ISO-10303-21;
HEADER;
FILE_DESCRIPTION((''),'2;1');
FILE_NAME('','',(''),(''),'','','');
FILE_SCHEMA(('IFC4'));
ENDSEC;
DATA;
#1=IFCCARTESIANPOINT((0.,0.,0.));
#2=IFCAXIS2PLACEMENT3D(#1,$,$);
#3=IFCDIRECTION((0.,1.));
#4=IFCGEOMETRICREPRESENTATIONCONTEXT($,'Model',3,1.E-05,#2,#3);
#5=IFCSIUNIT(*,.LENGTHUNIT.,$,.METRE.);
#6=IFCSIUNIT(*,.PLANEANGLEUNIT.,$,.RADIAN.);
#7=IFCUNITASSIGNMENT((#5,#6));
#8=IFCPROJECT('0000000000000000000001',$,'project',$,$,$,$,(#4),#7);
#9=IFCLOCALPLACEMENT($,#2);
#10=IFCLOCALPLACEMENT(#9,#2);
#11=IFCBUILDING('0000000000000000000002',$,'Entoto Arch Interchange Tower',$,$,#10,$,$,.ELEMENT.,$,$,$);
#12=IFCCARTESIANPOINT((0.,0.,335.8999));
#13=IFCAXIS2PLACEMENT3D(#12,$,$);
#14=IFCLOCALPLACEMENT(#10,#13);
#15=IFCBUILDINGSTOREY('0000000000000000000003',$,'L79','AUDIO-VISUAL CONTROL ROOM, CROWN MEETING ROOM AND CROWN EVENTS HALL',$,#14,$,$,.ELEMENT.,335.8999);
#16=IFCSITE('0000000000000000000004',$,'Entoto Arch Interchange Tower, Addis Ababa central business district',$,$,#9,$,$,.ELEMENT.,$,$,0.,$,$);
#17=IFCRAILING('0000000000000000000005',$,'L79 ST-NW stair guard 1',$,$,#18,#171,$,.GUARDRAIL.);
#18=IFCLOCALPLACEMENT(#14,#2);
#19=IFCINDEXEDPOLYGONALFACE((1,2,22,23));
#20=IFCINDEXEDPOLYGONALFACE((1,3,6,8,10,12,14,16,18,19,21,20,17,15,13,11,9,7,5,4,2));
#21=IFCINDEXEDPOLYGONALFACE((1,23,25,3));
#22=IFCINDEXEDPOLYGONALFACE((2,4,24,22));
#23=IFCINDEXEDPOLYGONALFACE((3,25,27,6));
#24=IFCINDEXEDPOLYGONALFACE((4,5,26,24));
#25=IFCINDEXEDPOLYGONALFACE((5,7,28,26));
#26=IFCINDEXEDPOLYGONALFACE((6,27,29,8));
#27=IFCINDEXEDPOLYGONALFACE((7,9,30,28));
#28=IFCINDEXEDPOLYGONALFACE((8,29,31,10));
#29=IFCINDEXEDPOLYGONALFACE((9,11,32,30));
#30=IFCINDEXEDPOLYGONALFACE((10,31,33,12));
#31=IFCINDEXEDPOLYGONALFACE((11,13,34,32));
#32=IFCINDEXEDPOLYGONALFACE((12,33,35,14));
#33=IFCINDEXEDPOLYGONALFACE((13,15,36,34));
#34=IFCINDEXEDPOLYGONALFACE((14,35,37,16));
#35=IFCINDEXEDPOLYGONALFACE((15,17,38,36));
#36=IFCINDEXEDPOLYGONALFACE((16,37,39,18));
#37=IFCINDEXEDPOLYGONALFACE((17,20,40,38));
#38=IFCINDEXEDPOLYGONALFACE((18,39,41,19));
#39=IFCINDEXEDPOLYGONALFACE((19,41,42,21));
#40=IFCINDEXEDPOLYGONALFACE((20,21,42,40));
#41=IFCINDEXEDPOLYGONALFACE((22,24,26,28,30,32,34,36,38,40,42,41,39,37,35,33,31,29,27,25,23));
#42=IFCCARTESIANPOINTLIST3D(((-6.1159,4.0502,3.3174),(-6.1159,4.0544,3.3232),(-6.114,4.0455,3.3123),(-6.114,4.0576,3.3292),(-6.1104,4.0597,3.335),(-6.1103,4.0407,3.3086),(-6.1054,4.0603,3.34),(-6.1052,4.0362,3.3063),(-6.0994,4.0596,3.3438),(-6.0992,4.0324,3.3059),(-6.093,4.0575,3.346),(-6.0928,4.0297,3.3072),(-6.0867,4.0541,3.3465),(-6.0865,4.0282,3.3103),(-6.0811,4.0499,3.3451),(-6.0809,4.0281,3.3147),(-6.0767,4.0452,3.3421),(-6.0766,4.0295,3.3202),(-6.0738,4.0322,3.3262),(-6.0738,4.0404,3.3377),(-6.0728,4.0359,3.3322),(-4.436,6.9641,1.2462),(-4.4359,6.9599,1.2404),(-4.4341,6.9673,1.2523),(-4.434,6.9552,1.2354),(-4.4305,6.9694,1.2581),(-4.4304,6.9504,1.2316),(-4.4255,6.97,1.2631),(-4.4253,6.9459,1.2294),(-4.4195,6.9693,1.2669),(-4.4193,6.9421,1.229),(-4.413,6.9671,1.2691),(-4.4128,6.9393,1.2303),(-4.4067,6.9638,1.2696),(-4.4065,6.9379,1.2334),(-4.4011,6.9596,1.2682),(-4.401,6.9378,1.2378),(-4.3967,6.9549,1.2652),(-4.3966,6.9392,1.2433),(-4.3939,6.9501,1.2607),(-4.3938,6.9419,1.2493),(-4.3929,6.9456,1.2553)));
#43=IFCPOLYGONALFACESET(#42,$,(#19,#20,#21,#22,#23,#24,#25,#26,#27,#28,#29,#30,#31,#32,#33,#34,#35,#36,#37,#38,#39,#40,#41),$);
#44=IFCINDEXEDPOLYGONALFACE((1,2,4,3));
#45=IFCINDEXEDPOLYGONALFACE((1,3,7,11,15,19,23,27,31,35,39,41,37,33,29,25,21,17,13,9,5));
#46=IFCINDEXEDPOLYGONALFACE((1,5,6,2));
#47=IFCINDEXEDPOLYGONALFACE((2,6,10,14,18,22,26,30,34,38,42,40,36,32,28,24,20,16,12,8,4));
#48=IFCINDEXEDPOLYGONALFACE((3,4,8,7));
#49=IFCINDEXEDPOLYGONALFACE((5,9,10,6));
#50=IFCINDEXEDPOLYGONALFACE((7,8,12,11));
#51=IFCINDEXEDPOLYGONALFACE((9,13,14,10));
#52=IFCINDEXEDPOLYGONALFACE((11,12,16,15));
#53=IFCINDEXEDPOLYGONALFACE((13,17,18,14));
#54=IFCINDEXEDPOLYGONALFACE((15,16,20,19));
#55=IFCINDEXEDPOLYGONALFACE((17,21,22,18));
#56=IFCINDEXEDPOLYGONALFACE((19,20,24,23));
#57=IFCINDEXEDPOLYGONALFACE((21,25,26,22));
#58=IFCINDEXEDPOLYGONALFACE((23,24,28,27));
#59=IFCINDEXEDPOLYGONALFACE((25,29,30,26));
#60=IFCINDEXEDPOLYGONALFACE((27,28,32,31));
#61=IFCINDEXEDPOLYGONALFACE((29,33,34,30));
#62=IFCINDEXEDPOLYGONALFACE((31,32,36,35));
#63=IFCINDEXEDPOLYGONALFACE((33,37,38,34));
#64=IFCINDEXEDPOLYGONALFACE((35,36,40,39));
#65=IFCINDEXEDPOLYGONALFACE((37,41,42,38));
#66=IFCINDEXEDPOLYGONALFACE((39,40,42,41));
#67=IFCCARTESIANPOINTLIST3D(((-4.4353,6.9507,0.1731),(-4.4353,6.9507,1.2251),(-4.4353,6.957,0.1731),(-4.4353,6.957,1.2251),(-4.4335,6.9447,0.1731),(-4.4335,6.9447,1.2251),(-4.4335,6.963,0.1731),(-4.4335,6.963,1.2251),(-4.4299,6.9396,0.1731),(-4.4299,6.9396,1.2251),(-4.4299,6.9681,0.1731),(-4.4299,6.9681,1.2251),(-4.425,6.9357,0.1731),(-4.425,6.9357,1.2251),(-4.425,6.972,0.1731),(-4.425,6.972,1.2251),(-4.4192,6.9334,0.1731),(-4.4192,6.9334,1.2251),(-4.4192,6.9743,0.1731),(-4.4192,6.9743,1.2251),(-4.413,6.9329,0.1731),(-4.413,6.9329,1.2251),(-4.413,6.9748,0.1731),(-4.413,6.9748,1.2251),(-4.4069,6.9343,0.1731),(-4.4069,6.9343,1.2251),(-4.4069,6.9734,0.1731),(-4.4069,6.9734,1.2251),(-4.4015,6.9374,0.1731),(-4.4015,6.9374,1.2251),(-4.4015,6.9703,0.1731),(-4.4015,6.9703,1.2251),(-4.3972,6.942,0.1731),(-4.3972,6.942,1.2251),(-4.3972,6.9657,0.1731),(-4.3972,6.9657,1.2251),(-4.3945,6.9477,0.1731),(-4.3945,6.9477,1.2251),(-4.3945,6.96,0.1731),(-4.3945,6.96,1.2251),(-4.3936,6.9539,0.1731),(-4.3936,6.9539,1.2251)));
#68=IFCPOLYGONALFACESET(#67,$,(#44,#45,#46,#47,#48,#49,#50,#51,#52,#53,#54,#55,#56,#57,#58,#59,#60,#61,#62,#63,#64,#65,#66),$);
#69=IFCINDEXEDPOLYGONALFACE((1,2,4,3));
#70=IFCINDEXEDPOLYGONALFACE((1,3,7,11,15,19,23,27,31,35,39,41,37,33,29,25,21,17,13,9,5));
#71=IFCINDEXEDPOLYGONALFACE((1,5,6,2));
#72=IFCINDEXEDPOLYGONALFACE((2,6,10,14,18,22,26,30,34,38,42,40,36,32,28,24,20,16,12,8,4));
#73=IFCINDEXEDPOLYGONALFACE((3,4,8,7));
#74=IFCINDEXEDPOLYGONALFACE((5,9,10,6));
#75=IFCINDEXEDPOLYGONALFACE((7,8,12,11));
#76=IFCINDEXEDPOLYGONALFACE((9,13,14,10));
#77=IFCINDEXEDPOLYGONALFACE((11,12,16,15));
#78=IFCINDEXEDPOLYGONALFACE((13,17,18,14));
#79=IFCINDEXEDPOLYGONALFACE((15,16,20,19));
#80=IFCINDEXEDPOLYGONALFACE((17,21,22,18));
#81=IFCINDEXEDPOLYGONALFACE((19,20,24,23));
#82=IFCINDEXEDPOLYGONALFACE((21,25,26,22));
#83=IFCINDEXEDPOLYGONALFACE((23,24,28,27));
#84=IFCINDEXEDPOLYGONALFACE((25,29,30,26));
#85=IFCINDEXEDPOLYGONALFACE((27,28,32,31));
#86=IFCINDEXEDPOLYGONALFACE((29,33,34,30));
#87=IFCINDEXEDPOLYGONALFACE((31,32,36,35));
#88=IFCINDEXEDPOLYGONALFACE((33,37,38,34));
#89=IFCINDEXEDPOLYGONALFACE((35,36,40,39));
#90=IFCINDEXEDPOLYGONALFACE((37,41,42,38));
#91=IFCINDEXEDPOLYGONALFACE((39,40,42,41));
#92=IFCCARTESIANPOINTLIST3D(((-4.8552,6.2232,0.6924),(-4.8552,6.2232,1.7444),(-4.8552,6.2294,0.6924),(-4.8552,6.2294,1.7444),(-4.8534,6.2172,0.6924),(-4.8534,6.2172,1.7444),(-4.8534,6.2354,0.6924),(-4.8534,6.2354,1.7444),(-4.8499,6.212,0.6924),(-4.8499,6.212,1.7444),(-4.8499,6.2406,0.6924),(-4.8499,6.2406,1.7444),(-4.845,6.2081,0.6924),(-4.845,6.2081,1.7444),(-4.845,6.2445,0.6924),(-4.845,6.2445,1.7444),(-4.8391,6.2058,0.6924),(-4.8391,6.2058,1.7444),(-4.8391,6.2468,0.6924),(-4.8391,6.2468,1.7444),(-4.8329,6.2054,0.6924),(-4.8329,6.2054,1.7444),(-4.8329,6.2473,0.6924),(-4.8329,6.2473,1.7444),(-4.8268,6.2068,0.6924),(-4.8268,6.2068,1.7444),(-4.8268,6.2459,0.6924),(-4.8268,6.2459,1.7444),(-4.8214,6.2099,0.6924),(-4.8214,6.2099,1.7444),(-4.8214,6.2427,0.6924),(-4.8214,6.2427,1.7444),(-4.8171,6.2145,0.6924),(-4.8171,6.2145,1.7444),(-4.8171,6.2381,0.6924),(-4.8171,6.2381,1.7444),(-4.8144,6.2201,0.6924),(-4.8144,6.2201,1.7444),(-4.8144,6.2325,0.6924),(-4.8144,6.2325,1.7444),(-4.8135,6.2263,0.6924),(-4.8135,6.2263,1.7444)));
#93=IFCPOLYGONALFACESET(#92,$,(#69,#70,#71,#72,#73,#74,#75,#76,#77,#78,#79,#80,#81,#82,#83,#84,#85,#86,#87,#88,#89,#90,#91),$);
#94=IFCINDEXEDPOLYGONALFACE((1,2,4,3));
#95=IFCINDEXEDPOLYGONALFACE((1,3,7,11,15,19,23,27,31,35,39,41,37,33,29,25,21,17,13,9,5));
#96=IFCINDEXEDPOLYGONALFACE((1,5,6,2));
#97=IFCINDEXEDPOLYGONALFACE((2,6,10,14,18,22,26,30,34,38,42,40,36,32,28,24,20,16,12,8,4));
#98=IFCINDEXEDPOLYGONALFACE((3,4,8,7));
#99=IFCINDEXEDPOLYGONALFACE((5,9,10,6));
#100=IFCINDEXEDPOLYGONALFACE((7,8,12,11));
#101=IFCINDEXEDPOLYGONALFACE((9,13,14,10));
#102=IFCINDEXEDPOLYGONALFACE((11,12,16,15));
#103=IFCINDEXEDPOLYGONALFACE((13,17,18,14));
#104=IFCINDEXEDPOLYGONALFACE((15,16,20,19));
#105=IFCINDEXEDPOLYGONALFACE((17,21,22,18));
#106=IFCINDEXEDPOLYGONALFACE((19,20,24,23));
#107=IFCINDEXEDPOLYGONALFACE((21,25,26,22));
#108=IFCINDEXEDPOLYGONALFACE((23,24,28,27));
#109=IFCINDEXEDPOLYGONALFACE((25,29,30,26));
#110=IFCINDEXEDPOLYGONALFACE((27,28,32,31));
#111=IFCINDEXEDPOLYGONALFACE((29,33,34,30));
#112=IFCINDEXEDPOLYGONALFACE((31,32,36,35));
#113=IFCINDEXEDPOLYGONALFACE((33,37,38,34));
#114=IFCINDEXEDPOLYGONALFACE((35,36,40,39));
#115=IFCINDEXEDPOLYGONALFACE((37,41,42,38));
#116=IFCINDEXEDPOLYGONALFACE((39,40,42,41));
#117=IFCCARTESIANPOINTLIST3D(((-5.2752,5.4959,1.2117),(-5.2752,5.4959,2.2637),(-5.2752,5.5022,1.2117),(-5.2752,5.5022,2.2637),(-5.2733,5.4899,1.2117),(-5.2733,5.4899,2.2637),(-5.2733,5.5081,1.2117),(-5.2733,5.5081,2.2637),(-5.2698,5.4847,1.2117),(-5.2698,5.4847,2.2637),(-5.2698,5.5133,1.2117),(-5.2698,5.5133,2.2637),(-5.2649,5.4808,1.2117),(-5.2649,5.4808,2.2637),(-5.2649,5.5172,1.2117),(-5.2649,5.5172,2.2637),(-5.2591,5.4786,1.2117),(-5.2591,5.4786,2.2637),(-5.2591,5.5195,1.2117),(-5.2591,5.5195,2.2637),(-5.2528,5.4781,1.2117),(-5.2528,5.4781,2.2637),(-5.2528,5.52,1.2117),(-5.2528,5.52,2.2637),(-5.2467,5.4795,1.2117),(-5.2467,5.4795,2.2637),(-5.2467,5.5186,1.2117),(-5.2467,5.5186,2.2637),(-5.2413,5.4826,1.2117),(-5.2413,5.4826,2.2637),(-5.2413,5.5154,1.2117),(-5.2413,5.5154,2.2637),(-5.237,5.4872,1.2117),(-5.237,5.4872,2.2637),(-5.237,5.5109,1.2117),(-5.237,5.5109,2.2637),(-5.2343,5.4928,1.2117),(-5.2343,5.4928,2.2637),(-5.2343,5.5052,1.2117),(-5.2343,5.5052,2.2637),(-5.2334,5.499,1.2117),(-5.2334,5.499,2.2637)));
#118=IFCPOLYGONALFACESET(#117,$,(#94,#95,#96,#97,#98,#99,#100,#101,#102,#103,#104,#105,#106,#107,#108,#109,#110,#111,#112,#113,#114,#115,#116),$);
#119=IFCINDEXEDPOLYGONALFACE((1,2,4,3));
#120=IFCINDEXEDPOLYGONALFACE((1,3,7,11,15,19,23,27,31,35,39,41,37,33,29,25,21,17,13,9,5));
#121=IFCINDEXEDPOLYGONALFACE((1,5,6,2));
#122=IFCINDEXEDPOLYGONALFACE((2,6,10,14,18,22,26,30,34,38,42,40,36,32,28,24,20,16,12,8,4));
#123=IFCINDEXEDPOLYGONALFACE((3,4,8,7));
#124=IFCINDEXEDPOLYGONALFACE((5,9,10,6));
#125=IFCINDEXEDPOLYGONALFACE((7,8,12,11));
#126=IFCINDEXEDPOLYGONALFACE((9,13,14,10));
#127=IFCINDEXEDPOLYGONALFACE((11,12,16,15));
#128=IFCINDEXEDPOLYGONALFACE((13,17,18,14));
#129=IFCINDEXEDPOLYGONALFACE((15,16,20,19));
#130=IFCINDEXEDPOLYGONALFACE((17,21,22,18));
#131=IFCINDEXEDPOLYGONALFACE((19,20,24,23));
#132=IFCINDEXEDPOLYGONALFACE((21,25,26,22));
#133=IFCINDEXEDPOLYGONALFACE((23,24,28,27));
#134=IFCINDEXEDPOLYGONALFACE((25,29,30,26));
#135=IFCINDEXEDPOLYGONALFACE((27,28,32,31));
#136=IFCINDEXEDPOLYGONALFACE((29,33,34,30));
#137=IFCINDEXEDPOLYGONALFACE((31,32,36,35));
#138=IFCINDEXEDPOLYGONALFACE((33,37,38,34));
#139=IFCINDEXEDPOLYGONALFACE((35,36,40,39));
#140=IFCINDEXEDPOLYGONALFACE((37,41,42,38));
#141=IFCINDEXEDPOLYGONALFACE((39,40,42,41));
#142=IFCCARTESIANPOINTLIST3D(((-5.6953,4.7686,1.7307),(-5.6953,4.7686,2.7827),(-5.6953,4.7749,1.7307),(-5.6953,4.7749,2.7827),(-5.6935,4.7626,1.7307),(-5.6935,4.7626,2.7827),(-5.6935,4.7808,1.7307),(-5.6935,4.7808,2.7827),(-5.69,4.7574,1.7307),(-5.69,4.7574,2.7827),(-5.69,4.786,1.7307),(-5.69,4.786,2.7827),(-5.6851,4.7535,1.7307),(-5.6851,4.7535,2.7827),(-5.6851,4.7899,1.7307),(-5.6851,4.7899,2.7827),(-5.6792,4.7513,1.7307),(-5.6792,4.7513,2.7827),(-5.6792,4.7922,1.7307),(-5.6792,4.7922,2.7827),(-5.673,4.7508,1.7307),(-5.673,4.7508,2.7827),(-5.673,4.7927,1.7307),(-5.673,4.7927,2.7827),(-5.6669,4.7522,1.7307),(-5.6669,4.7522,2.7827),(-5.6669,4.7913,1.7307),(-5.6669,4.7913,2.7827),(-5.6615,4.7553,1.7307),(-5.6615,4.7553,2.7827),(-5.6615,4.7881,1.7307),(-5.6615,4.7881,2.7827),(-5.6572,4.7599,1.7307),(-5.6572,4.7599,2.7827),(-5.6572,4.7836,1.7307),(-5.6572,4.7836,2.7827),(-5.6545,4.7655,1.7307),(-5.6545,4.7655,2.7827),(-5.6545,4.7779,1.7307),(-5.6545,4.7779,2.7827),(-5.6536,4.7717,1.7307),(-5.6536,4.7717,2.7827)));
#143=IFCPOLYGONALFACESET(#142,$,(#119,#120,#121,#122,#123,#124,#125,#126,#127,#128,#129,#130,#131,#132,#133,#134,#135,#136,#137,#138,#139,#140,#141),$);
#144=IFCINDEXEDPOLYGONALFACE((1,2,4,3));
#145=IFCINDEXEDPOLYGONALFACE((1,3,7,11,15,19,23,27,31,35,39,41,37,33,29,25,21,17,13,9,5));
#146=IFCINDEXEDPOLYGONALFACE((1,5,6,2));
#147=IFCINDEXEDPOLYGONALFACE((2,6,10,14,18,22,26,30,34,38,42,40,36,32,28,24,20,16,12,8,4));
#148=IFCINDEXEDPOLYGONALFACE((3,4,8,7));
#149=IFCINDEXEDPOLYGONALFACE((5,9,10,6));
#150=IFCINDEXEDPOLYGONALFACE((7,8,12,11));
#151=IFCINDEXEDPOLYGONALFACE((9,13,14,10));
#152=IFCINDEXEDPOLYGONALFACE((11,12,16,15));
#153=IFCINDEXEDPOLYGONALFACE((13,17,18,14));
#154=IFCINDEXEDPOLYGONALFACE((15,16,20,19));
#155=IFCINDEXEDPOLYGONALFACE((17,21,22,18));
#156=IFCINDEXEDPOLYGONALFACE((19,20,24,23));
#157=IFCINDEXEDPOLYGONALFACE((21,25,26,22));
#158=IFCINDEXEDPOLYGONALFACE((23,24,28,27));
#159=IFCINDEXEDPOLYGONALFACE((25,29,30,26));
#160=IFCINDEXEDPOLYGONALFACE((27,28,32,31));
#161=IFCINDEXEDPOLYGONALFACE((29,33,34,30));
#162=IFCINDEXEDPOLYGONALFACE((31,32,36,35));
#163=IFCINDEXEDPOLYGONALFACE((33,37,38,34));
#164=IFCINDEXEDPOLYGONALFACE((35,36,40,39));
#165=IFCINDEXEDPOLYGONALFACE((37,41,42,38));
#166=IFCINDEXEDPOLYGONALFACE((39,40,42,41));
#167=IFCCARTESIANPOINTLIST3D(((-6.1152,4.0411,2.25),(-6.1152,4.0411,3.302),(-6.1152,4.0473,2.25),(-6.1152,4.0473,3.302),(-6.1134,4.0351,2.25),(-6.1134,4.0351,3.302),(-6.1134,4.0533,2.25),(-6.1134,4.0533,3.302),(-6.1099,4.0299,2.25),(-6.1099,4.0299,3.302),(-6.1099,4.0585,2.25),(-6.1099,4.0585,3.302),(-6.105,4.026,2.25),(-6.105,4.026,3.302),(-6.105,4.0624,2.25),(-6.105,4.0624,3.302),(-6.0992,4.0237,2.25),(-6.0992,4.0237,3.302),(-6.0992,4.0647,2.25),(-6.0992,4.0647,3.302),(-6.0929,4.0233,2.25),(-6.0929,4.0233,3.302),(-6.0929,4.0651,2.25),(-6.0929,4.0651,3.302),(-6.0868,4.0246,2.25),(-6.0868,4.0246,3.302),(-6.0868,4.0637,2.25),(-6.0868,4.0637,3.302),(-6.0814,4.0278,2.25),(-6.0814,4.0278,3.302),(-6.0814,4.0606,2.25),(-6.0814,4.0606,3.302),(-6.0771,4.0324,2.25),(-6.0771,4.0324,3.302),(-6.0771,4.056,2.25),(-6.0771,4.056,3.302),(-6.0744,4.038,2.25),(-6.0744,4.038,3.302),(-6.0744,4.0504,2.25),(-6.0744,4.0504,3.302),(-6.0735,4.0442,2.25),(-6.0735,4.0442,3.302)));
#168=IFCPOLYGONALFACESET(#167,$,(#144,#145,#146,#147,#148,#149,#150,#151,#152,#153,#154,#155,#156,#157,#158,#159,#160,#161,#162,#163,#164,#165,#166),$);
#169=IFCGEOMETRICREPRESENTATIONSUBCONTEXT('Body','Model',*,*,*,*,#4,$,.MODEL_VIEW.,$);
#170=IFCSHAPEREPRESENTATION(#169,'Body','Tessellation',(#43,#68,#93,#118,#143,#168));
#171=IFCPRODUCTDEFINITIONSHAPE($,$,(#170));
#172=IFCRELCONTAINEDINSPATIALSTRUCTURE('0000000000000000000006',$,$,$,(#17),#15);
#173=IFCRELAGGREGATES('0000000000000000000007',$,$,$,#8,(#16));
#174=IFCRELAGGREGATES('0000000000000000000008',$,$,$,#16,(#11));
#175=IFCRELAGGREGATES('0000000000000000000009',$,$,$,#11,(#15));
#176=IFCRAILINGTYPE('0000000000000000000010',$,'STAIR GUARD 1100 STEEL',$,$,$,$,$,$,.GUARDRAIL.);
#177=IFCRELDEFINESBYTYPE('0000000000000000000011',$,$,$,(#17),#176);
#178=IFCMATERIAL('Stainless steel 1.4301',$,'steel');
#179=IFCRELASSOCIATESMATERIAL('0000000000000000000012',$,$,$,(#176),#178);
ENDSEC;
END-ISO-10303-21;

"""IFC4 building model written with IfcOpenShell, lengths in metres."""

from ifc_helpers import new_model, si_unit, direction, frame, origin, origin_2d, place, context, subcontext, project, spatial, circle, extrude, material, type_object, element, save


model = new_model("IFC4")

# Units and contexts
model_context = context("Model", 3, precision=1e-05, world=origin(), true_north=direction((0.0, 1.0)))
body_context = subcontext(model_context, "Body", "Model", "MODEL_VIEW")
ifc_project = project(units=[si_unit("LENGTHUNIT", "METRE"), si_unit("PLANEANGLEUNIT", "RADIAN")], contexts=[model_context])

# Site, building, storey
site_placement = place(None, origin())
site = spatial("IfcSite", under=ifc_project, at=site_placement, Name="Entoto Arch Interchange Tower, Addis Ababa central business district", CompositionType="ELEMENT", RefElevation=0.0)
building_placement = place(site_placement, origin())
building = spatial("IfcBuilding", under=site, at=building_placement, Name="Entoto Arch Interchange Tower", CompositionType="ELEMENT")
storey_placement = place(building_placement, frame((0.0, 0.0, 335.8999)))
storey = spatial("IfcBuildingStorey", under=building, at=storey_placement, Name="L79", Description="AUDIO-VISUAL CONTROL ROOM, CROWN MEETING ROOM AND CROWN EVENTS HALL", CompositionType="ELEMENT", Elevation=335.8999)

# Railing
ifc_material_1 = material(Name="Stainless steel 1.4301", Category="steel")
railing_type_1 = type_object("IfcRailingType", Name="STAIR GUARD 1100 STEEL", PredefinedType="GUARDRAIL", material=ifc_material_1)
railing_1_placement = place(storey_placement, frame((-4.4146, 6.9539, 0.1731)))
element("IfcRailing", 1, at=railing_1_placement, inside=storey, type_object=railing_type_1, Name="L79 ST-NW stair guard 1", PredefinedType="GUARDRAIL", context=body_context, shape_type="SweptSolid", body=[
    extrude(circle(Radius=0.0239, at=origin_2d()), frame((0.0, 0.0, 1.0762), z_axis=(-0.425308, -0.73664, 0.525809), x_axis=(0.866021, -0.500008, 0.0)), (0.0, 0.0, 1.0), 3.95),
    extrude(circle(Radius=0.021, at=origin_2d()), origin(), (0.0, 0.0, 1.0), 1.052),
    extrude(circle(Radius=0.021, at=origin_2d()), frame((-0.4199, -0.7275, 0.5193)), (0.0, 0.0, 1.0), 1.052),
    extrude(circle(Radius=0.021, at=origin_2d()), frame((-0.8398, -1.4548, 1.0386)), (0.0, 0.0, 1.0), 1.052),
    extrude(circle(Radius=0.021, at=origin_2d()), frame((-1.26, -2.1821, 1.5576)), (0.0, 0.0, 1.0), 1.052),
    extrude(circle(Radius=0.021, at=origin_2d()), frame((-1.6799, -2.9097, 2.0769)), (0.0, 0.0, 1.0), 1.052),
])

save(model, "model.ifc")
